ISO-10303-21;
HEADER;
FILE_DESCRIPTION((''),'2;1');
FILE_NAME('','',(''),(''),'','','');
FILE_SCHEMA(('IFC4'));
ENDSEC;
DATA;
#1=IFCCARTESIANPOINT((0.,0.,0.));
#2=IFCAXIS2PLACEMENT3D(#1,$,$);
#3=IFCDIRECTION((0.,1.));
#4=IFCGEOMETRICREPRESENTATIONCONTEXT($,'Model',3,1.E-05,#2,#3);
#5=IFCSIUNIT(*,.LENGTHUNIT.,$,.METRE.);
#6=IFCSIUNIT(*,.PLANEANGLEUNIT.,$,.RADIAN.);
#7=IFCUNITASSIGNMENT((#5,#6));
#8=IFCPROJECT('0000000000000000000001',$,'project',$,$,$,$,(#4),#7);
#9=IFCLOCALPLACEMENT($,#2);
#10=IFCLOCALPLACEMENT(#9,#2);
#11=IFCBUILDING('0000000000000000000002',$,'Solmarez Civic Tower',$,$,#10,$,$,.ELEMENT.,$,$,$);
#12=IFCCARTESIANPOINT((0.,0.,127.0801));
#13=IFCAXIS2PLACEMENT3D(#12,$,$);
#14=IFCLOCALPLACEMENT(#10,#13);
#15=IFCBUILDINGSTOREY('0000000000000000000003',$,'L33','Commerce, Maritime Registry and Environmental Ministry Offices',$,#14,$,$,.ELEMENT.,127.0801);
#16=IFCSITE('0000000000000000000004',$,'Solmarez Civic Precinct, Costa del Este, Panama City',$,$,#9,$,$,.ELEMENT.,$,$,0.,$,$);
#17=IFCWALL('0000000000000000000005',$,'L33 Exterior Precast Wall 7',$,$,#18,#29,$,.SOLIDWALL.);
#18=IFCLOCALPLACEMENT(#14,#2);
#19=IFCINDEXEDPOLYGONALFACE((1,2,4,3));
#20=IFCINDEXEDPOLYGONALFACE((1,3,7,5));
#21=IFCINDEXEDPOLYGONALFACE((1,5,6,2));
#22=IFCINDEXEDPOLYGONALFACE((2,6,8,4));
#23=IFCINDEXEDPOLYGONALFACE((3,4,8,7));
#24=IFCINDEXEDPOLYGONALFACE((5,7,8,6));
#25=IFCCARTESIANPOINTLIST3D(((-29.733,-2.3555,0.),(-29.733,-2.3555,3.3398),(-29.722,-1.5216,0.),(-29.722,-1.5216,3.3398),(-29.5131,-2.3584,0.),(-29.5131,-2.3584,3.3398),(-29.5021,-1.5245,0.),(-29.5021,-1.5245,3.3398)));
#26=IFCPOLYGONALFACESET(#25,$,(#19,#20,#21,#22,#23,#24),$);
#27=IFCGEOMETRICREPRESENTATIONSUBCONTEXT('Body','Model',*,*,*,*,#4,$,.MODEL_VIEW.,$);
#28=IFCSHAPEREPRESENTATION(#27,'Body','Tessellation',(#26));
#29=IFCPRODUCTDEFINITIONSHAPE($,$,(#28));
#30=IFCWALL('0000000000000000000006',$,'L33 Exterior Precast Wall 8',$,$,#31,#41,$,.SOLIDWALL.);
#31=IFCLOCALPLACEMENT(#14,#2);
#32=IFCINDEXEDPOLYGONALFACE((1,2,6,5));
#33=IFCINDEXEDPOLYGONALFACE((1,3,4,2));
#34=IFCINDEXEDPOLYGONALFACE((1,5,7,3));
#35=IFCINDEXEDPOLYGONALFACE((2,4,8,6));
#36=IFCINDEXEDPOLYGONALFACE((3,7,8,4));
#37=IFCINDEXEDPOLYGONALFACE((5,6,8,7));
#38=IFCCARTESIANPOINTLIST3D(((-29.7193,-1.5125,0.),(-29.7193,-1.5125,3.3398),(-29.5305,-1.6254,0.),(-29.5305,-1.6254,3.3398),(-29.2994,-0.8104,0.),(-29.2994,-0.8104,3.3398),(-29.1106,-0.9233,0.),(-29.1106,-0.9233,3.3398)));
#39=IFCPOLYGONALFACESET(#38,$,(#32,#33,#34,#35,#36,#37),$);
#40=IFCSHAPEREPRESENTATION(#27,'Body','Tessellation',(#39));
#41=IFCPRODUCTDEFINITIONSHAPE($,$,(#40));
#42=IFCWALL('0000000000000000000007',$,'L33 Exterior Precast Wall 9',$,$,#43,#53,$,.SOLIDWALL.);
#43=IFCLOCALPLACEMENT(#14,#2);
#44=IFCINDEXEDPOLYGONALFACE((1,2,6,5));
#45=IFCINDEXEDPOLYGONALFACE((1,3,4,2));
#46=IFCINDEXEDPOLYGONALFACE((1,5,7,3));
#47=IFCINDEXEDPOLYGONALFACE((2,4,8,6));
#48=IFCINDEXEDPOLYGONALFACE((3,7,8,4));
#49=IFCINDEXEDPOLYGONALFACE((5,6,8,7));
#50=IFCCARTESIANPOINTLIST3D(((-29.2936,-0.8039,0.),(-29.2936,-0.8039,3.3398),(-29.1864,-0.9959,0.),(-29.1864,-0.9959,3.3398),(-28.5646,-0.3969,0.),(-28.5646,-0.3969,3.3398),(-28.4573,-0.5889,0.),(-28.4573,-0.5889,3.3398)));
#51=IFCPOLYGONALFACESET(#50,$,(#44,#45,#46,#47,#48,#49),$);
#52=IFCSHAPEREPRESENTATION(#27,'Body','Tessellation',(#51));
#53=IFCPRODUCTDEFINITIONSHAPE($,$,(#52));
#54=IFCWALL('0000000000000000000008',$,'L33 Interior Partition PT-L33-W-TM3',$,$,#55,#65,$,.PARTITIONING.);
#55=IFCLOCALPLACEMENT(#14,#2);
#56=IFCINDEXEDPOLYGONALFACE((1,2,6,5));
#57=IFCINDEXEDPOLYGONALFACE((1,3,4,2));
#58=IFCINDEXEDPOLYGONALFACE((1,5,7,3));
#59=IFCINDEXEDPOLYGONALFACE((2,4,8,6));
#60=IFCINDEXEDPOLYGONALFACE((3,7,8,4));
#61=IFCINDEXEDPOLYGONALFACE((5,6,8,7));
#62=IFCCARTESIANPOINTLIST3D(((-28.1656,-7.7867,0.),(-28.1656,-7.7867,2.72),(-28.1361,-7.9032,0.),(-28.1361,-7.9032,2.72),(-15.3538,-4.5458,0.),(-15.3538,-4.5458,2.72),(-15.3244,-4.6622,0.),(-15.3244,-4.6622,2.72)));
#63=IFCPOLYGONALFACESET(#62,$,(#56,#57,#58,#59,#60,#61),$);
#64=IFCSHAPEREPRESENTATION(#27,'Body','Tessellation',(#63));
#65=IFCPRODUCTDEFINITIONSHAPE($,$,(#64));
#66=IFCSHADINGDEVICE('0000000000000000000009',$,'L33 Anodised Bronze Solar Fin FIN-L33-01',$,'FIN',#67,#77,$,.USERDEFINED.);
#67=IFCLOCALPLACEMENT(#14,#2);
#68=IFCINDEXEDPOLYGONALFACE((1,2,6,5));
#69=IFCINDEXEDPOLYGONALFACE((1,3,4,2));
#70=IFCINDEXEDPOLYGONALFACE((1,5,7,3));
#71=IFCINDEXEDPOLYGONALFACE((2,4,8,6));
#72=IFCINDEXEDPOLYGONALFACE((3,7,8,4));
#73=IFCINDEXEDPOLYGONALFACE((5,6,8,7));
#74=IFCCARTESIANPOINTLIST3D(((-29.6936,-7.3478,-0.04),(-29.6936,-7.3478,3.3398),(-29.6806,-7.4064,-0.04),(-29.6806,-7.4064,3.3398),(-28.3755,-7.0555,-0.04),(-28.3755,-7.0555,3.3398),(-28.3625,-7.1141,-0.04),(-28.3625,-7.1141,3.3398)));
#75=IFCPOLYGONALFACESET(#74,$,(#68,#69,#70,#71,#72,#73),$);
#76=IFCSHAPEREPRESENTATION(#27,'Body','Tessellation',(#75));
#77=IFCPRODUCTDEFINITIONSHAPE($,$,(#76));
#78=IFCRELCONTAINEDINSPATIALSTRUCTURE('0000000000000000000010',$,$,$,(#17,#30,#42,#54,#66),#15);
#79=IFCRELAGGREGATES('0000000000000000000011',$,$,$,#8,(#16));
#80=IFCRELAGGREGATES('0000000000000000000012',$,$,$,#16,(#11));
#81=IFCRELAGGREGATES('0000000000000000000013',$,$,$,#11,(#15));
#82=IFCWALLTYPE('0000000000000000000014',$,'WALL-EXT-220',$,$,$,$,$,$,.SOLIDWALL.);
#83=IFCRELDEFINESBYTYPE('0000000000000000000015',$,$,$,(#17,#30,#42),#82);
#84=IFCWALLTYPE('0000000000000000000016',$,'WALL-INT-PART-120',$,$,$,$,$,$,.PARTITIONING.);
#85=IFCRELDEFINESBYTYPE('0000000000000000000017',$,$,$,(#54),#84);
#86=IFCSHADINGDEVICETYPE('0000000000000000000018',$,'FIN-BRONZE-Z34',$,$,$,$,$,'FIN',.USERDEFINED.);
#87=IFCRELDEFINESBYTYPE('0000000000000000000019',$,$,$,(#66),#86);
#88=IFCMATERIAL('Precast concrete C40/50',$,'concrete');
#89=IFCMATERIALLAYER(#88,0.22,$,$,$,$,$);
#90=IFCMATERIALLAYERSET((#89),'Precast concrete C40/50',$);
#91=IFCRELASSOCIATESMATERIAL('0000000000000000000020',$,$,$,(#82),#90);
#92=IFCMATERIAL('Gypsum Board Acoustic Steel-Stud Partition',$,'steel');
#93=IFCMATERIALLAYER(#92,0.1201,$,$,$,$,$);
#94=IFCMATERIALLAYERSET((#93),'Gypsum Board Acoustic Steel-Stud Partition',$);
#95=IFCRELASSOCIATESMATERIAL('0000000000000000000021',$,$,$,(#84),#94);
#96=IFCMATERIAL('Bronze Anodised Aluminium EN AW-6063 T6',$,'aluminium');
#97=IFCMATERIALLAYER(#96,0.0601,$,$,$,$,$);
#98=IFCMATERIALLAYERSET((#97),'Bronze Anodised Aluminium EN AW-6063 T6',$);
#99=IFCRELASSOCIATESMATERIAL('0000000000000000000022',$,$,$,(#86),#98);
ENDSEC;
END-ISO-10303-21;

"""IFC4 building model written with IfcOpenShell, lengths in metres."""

from ifc_helpers import new_model, si_unit, direction, frame, frame_2d, origin, origin_2d, place, context, subcontext, project, spatial, rectangle, extrude, material, layer, layer_set, type_object, element, save


model = new_model("IFC4")

# Units and contexts
model_context = context("Model", 3, precision=1e-05, world=origin(), true_north=direction((0.0, 1.0)))
body_context = subcontext(model_context, "Body", "Model", "MODEL_VIEW")
ifc_project = project(units=[si_unit("LENGTHUNIT", "METRE"), si_unit("PLANEANGLEUNIT", "RADIAN")], contexts=[model_context])

# Site, building, storey
site_placement = place(None, origin())
site = spatial("IfcSite", under=ifc_project, at=site_placement, Name="Solmarez Civic Precinct, Costa del Este, Panama City", CompositionType="ELEMENT", RefElevation=0.0)
building_placement = place(site_placement, origin())
building = spatial("IfcBuilding", under=site, at=building_placement, Name="Solmarez Civic Tower", CompositionType="ELEMENT")
storey_placement = place(building_placement, frame((0.0, 0.0, 127.0801)))
storey = spatial("IfcBuildingStorey", under=building, at=storey_placement, Name="L33", Description="Commerce, Maritime Registry and Environmental Ministry Offices", CompositionType="ELEMENT", Elevation=127.0801)

# Shared definitions
ifc_material_1 = material(Name="Bronze Anodised Aluminium EN AW-6063 T6", Category="aluminium")

# Walls
ifc_material_2 = material(Name="Precast concrete C40/50", Category="concrete")
ifc_layer_1 = layer(ifc_material_2, 0.22)
ifc_layer_set_1 = layer_set([ifc_layer_1], Name="Precast concrete C40/50")
wall_type_1 = type_object("IfcWallType", Name="WALL-EXT-220", PredefinedType="SOLIDWALL", material=ifc_layer_set_1)
wall_1_placement = place(storey_placement, frame((-29.623, -2.3569, 0.0), z_axis=(0.0, 0.0, 1.0), x_axis=(0.013172, 0.999913, 0.0)))
element("IfcWall", 1, at=wall_1_placement, inside=storey, type_object=wall_type_1, Name="L33 Exterior Precast Wall 7", PredefinedType="SOLIDWALL", context=body_context, shape_type="SweptSolid", body=[
    extrude(rectangle(XDim=0.834, YDim=0.22, at=frame_2d((0.417, 0.0))), origin(), (0.0, 0.0, 1.0), 3.3398),
])
wall_2_placement = place(storey_placement, frame((-29.625, -1.5691, 0.0), z_axis=(0.0, 0.0, 1.0), x_axis=(0.513266, 0.858229, 0.0)))
element("IfcWall", 2, at=wall_2_placement, inside=storey, type_object=wall_type_1, Name="L33 Exterior Precast Wall 8", PredefinedType="SOLIDWALL", context=body_context, shape_type="SweptSolid", body=[
    extrude(rectangle(XDim=0.8181, YDim=0.22, at=frame_2d((0.4092, 0.0))), origin(), (0.0, 0.0, 1.0), 3.3398),
])
wall_3_placement = place(storey_placement, frame((-29.24, -0.8999, 0.0), z_axis=(0.0, 0.0, 1.0), x_axis=(0.873148, 0.487454, 0.0)))
element("IfcWall", 3, at=wall_3_placement, inside=storey, type_object=wall_type_1, Name="L33 Exterior Precast Wall 9", PredefinedType="SOLIDWALL", context=body_context, shape_type="SweptSolid", body=[
    extrude(rectangle(XDim=0.835, YDim=0.22, at=frame_2d((0.4175, 0.0))), origin(), (0.0, 0.0, 1.0), 3.3398),
])
ifc_material_3 = material(Name="Gypsum Board Acoustic Steel-Stud Partition", Category="steel")
ifc_layer_2 = layer(ifc_material_3, 0.1201)
ifc_layer_set_2 = layer_set([ifc_layer_2], Name="Gypsum Board Acoustic Steel-Stud Partition")
wall_type_2 = type_object("IfcWallType", Name="WALL-INT-PART-120", PredefinedType="PARTITIONING", material=ifc_layer_set_2)
wall_4_placement = place(storey_placement, frame((-15.3391, -4.604, 0.0), z_axis=(0.0, 0.0, 1.0), x_axis=(-0.969462, -0.245243, 0.0)))
element("IfcWall", 4, at=wall_4_placement, inside=storey, type_object=wall_type_2, Name="L33 Interior Partition PT-L33-W-TM3", PredefinedType="PARTITIONING", context=body_context, shape_type="SweptSolid", body=[
    extrude(rectangle(XDim=13.2153, YDim=0.1201, at=frame_2d((6.6077, 0.0))), origin(), (0.0, 0.0, 1.0), 2.72),
])

# Shading device
ifc_layer_3 = layer(ifc_material_1, 0.0601)
ifc_layer_set_3 = layer_set([ifc_layer_3], Name="Bronze Anodised Aluminium EN AW-6063 T6")
shading_device_type = type_object("IfcShadingDeviceType", Name="FIN-BRONZE-Z34", ElementType="FIN", PredefinedType="USERDEFINED", material=ifc_layer_set_3)
shading_device_placement = place(storey_placement, frame((-29.0281, -7.231, -0.04), z_axis=(0.0, 0.0, 1.0), x_axis=(-0.976285, -0.216491, 0.0)))
element("IfcShadingDevice", 5, at=shading_device_placement, inside=storey, type_object=shading_device_type, Name="L33 Anodised Bronze Solar Fin FIN-L33-01", ObjectType="FIN", PredefinedType="USERDEFINED", context=body_context, shape_type="SweptSolid", body=[
    extrude(rectangle(XDim=1.3501, YDim=0.0601, at=origin_2d()), origin(), (0.0, 0.0, 1.0), 3.3799),
])

save(model, "model.ifc")
